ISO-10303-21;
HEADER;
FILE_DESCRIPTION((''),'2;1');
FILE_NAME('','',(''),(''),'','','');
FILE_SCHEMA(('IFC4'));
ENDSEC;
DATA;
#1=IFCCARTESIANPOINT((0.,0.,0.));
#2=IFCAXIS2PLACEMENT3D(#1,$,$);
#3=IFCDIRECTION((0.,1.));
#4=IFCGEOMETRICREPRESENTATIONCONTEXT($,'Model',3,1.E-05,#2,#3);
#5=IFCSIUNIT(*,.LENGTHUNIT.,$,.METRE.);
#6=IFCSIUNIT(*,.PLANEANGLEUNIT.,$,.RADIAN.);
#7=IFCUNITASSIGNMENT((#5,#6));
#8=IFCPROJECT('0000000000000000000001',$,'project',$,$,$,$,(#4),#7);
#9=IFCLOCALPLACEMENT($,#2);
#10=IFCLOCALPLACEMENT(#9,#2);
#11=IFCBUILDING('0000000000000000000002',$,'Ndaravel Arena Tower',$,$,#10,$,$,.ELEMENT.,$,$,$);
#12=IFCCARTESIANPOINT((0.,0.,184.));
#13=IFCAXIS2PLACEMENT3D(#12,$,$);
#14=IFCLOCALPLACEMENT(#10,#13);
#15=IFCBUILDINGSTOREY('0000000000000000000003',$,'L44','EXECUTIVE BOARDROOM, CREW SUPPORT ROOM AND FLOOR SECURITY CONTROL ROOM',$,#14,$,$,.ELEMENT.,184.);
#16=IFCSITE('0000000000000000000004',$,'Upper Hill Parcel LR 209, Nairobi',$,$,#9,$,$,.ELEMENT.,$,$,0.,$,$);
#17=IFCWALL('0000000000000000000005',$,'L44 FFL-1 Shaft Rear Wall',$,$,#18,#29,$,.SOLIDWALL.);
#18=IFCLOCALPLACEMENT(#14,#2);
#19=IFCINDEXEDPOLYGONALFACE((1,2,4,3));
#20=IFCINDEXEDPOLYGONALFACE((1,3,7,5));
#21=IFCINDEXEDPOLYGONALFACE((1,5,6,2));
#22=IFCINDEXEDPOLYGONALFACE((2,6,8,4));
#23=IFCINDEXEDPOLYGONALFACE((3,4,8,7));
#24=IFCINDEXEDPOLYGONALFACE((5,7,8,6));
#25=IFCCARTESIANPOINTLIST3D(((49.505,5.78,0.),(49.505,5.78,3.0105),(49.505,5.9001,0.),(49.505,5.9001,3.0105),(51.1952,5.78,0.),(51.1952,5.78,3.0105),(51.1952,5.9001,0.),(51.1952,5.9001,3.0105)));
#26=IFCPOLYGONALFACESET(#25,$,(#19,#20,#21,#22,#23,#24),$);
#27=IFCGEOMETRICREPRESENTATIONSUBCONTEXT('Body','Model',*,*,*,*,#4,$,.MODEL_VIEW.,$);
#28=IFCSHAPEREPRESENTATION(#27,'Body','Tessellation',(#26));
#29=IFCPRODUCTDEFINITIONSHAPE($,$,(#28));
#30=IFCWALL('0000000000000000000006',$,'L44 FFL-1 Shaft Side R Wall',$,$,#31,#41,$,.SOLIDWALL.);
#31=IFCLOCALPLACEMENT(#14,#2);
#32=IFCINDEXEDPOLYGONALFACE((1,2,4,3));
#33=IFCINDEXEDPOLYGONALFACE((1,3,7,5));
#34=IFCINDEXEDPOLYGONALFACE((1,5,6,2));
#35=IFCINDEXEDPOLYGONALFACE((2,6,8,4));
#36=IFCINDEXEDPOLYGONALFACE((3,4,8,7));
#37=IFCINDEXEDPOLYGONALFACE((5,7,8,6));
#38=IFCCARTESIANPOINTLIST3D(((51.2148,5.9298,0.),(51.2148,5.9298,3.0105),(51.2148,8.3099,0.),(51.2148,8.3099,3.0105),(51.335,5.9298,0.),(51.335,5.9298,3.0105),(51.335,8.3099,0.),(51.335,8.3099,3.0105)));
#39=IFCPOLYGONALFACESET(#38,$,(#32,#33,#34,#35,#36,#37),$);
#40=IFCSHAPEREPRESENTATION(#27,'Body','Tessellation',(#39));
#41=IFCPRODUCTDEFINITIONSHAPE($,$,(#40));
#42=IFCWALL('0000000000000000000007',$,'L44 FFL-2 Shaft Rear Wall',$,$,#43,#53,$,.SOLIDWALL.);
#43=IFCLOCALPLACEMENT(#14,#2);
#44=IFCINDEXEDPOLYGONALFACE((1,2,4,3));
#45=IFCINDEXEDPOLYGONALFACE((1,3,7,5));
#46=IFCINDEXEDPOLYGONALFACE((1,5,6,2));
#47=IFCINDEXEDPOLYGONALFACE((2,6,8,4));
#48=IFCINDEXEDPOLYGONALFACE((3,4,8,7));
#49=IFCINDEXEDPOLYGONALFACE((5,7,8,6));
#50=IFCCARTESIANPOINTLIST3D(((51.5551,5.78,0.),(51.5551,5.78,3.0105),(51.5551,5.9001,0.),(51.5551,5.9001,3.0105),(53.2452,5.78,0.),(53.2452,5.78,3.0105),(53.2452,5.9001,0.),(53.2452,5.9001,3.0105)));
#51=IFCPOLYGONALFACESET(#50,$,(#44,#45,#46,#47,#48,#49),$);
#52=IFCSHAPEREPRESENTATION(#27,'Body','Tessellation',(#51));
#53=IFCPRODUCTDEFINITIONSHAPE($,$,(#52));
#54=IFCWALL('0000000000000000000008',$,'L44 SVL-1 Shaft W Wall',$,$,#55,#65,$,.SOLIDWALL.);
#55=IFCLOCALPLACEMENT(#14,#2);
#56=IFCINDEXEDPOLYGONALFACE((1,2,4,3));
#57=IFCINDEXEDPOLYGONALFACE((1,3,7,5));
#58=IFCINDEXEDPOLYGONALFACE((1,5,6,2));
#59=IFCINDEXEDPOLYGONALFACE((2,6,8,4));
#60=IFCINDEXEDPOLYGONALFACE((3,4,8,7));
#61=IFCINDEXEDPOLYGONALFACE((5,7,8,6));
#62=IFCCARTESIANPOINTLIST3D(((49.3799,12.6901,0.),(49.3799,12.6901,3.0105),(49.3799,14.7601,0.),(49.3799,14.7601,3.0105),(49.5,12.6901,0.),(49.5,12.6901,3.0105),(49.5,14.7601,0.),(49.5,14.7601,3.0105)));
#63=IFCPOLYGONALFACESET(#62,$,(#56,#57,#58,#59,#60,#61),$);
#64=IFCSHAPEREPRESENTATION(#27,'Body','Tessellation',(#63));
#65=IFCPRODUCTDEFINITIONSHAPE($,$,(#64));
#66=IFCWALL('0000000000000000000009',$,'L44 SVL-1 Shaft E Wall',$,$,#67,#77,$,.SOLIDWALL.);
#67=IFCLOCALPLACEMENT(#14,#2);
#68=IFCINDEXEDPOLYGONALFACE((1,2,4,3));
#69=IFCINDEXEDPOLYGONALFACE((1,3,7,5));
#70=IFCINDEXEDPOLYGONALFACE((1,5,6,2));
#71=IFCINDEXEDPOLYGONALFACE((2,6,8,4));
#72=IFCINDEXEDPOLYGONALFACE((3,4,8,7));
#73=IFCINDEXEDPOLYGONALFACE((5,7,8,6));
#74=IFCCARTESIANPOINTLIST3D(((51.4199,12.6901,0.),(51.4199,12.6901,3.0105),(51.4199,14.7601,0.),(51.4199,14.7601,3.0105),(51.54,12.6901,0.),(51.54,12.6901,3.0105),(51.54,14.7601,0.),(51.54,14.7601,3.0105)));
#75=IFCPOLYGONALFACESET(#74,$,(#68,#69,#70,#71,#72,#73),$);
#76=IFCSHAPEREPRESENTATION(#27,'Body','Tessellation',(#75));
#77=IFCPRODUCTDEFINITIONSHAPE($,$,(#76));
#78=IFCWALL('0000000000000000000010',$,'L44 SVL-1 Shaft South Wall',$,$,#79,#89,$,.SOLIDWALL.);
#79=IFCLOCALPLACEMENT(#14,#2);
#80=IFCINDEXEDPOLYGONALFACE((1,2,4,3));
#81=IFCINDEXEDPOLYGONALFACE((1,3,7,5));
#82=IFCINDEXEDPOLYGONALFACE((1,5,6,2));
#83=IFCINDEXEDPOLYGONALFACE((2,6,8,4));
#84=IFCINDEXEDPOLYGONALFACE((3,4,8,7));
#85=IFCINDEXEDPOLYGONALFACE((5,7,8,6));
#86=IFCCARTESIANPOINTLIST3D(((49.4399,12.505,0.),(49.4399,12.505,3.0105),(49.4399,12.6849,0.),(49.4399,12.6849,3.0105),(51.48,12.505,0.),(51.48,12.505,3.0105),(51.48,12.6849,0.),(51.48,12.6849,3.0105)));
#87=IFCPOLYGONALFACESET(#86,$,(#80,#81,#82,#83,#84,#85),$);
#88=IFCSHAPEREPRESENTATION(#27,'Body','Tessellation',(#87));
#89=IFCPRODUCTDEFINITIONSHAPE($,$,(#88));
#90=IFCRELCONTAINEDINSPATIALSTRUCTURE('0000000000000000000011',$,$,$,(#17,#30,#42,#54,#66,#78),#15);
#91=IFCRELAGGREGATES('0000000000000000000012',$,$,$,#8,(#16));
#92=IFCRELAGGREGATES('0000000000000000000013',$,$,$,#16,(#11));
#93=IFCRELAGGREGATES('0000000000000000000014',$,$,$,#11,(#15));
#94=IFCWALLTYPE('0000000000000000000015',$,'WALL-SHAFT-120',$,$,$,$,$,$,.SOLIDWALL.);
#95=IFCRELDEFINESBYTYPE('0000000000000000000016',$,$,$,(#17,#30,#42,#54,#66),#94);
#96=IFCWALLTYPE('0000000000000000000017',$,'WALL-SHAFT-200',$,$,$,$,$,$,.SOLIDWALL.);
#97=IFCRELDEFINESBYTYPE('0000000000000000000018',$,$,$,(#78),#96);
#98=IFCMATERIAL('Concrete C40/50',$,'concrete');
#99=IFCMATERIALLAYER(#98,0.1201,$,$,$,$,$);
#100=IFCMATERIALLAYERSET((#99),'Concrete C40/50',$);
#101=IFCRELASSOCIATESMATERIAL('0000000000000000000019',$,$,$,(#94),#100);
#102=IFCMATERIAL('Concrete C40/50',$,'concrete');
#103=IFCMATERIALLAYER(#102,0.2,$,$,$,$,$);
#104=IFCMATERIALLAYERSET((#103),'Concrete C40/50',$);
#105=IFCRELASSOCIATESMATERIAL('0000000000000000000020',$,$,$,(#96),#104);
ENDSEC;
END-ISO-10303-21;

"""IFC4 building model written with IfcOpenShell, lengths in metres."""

from ifc_helpers import new_model, si_unit, direction, frame, frame_2d, origin, place, context, subcontext, project, spatial, rectangle, extrude, material, layer, layer_set, type_object, element, save


model = new_model("IFC4")

# Units and contexts
model_context = context("Model", 3, precision=1e-05, world=origin(), true_north=direction((0.0, 1.0)))
body_context = subcontext(model_context, "Body", "Model", "MODEL_VIEW")
ifc_project = project(units=[si_unit("LENGTHUNIT", "METRE"), si_unit("PLANEANGLEUNIT", "RADIAN")], contexts=[model_context])

# Site, building, storey
site_placement = place(None, origin())
site = spatial("IfcSite", under=ifc_project, at=site_placement, Name="Upper Hill Parcel LR 209, Nairobi", CompositionType="ELEMENT", RefElevation=0.0)
building_placement = place(site_placement, origin())
building = spatial("IfcBuilding", under=site, at=building_placement, Name="Ndaravel Arena Tower", CompositionType="ELEMENT")
storey_placement = place(building_placement, frame((0.0, 0.0, 184.0)))
storey = spatial("IfcBuildingStorey", under=building, at=storey_placement, Name="L44", Description="EXECUTIVE BOARDROOM, CREW SUPPORT ROOM AND FLOOR SECURITY CONTROL ROOM", CompositionType="ELEMENT", Elevation=184.0)

# Walls
ifc_material_1 = material(Name="Concrete C40/50", Category="concrete")
ifc_layer_1 = layer(ifc_material_1, 0.1201)
ifc_layer_set_1 = layer_set([ifc_layer_1], Name="Concrete C40/50")
wall_type_1 = type_object("IfcWallType", Name="WALL-SHAFT-120", PredefinedType="SOLIDWALL", material=ifc_layer_set_1)
wall_1_placement = place(storey_placement, frame((49.5049, 5.8401, 0.0), z_axis=(0.0, 0.0, 1.0), x_axis=(1.0, 0.0, 0.0)))
element("IfcWall", 1, at=wall_1_placement, inside=storey, type_object=wall_type_1, Name="L44 FFL-1 Shaft Rear Wall", PredefinedType="SOLIDWALL", context=body_context, shape_type="SweptSolid", body=[
    extrude(rectangle(XDim=1.6902, YDim=0.1201, at=frame_2d((0.8452, 0.0))), origin(), (0.0, 0.0, 1.0), 3.0105),
])
wall_2_placement = place(storey_placement, frame((51.2749, 5.9299, 0.0), z_axis=(0.0, 0.0, 1.0), x_axis=(0.0, 1.0, 0.0)))
element("IfcWall", 2, at=wall_2_placement, inside=storey, type_object=wall_type_1, Name="L44 FFL-1 Shaft Side R Wall", PredefinedType="SOLIDWALL", context=body_context, shape_type="SweptSolid", body=[
    extrude(rectangle(XDim=2.3801, YDim=0.1201, at=frame_2d((1.1899, 0.0))), origin(), (0.0, 0.0, 1.0), 3.0105),
])
wall_3_placement = place(storey_placement, frame((51.5549, 5.8401, 0.0), z_axis=(0.0, 0.0, 1.0), x_axis=(1.0, 0.0, 0.0)))
element("IfcWall", 3, at=wall_3_placement, inside=storey, type_object=wall_type_1, Name="L44 FFL-2 Shaft Rear Wall", PredefinedType="SOLIDWALL", context=body_context, shape_type="SweptSolid", body=[
    extrude(rectangle(XDim=1.6902, YDim=0.1201, at=frame_2d((0.8452, 0.0))), origin(), (0.0, 0.0, 1.0), 3.0105),
])
for number, where, z_axis, x_axis, name in (
    (4, (49.4399, 12.6899, 0.0), (0.0, 0.0, 1.0), (0.0, 1.0, 0.0), "L44 SVL-1 Shaft W Wall"),
    (5, (51.48, 12.6899, 0.0), (0.0, 0.0, 1.0), (0.0, 1.0, 0.0), "L44 SVL-1 Shaft E Wall"),
):
    element("IfcWall", number, at=place(storey_placement, frame(where, z_axis=z_axis, x_axis=x_axis)), inside=storey, type_object=wall_type_1, Name=name, PredefinedType="SOLIDWALL", context=body_context, shape_type="SweptSolid", body=[
        extrude(rectangle(XDim=2.0701, YDim=0.1201, at=frame_2d((1.0352, 0.0))), origin(), (0.0, 0.0, 1.0), 3.0105),
    ])

# Shared definitions
ifc_material_2 = material(Name="Concrete C40/50", Category="concrete")
ifc_layer_2 = layer(ifc_material_2, 0.2)
ifc_layer_set_2 = layer_set([ifc_layer_2], Name="Concrete C40/50")
wall_type_2 = type_object("IfcWallType", Name="WALL-SHAFT-200", PredefinedType="SOLIDWALL", material=ifc_layer_set_2)

# Wall
wall_4_placement = place(storey_placement, frame((49.4399, 12.595, 0.0), z_axis=(0.0, 0.0, 1.0), x_axis=(1.0, 0.0, 0.0)))
element("IfcWall", 6, at=wall_4_placement, inside=storey, type_object=wall_type_2, Name="L44 SVL-1 Shaft South Wall", PredefinedType="SOLIDWALL", context=body_context, shape_type="SweptSolid", body=[
    extrude(rectangle(XDim=2.04, YDim=0.1799, at=frame_2d((1.02, 0.0))), origin(), (0.0, 0.0, 1.0), 3.0105),
])

save(model, "model.ifc")
